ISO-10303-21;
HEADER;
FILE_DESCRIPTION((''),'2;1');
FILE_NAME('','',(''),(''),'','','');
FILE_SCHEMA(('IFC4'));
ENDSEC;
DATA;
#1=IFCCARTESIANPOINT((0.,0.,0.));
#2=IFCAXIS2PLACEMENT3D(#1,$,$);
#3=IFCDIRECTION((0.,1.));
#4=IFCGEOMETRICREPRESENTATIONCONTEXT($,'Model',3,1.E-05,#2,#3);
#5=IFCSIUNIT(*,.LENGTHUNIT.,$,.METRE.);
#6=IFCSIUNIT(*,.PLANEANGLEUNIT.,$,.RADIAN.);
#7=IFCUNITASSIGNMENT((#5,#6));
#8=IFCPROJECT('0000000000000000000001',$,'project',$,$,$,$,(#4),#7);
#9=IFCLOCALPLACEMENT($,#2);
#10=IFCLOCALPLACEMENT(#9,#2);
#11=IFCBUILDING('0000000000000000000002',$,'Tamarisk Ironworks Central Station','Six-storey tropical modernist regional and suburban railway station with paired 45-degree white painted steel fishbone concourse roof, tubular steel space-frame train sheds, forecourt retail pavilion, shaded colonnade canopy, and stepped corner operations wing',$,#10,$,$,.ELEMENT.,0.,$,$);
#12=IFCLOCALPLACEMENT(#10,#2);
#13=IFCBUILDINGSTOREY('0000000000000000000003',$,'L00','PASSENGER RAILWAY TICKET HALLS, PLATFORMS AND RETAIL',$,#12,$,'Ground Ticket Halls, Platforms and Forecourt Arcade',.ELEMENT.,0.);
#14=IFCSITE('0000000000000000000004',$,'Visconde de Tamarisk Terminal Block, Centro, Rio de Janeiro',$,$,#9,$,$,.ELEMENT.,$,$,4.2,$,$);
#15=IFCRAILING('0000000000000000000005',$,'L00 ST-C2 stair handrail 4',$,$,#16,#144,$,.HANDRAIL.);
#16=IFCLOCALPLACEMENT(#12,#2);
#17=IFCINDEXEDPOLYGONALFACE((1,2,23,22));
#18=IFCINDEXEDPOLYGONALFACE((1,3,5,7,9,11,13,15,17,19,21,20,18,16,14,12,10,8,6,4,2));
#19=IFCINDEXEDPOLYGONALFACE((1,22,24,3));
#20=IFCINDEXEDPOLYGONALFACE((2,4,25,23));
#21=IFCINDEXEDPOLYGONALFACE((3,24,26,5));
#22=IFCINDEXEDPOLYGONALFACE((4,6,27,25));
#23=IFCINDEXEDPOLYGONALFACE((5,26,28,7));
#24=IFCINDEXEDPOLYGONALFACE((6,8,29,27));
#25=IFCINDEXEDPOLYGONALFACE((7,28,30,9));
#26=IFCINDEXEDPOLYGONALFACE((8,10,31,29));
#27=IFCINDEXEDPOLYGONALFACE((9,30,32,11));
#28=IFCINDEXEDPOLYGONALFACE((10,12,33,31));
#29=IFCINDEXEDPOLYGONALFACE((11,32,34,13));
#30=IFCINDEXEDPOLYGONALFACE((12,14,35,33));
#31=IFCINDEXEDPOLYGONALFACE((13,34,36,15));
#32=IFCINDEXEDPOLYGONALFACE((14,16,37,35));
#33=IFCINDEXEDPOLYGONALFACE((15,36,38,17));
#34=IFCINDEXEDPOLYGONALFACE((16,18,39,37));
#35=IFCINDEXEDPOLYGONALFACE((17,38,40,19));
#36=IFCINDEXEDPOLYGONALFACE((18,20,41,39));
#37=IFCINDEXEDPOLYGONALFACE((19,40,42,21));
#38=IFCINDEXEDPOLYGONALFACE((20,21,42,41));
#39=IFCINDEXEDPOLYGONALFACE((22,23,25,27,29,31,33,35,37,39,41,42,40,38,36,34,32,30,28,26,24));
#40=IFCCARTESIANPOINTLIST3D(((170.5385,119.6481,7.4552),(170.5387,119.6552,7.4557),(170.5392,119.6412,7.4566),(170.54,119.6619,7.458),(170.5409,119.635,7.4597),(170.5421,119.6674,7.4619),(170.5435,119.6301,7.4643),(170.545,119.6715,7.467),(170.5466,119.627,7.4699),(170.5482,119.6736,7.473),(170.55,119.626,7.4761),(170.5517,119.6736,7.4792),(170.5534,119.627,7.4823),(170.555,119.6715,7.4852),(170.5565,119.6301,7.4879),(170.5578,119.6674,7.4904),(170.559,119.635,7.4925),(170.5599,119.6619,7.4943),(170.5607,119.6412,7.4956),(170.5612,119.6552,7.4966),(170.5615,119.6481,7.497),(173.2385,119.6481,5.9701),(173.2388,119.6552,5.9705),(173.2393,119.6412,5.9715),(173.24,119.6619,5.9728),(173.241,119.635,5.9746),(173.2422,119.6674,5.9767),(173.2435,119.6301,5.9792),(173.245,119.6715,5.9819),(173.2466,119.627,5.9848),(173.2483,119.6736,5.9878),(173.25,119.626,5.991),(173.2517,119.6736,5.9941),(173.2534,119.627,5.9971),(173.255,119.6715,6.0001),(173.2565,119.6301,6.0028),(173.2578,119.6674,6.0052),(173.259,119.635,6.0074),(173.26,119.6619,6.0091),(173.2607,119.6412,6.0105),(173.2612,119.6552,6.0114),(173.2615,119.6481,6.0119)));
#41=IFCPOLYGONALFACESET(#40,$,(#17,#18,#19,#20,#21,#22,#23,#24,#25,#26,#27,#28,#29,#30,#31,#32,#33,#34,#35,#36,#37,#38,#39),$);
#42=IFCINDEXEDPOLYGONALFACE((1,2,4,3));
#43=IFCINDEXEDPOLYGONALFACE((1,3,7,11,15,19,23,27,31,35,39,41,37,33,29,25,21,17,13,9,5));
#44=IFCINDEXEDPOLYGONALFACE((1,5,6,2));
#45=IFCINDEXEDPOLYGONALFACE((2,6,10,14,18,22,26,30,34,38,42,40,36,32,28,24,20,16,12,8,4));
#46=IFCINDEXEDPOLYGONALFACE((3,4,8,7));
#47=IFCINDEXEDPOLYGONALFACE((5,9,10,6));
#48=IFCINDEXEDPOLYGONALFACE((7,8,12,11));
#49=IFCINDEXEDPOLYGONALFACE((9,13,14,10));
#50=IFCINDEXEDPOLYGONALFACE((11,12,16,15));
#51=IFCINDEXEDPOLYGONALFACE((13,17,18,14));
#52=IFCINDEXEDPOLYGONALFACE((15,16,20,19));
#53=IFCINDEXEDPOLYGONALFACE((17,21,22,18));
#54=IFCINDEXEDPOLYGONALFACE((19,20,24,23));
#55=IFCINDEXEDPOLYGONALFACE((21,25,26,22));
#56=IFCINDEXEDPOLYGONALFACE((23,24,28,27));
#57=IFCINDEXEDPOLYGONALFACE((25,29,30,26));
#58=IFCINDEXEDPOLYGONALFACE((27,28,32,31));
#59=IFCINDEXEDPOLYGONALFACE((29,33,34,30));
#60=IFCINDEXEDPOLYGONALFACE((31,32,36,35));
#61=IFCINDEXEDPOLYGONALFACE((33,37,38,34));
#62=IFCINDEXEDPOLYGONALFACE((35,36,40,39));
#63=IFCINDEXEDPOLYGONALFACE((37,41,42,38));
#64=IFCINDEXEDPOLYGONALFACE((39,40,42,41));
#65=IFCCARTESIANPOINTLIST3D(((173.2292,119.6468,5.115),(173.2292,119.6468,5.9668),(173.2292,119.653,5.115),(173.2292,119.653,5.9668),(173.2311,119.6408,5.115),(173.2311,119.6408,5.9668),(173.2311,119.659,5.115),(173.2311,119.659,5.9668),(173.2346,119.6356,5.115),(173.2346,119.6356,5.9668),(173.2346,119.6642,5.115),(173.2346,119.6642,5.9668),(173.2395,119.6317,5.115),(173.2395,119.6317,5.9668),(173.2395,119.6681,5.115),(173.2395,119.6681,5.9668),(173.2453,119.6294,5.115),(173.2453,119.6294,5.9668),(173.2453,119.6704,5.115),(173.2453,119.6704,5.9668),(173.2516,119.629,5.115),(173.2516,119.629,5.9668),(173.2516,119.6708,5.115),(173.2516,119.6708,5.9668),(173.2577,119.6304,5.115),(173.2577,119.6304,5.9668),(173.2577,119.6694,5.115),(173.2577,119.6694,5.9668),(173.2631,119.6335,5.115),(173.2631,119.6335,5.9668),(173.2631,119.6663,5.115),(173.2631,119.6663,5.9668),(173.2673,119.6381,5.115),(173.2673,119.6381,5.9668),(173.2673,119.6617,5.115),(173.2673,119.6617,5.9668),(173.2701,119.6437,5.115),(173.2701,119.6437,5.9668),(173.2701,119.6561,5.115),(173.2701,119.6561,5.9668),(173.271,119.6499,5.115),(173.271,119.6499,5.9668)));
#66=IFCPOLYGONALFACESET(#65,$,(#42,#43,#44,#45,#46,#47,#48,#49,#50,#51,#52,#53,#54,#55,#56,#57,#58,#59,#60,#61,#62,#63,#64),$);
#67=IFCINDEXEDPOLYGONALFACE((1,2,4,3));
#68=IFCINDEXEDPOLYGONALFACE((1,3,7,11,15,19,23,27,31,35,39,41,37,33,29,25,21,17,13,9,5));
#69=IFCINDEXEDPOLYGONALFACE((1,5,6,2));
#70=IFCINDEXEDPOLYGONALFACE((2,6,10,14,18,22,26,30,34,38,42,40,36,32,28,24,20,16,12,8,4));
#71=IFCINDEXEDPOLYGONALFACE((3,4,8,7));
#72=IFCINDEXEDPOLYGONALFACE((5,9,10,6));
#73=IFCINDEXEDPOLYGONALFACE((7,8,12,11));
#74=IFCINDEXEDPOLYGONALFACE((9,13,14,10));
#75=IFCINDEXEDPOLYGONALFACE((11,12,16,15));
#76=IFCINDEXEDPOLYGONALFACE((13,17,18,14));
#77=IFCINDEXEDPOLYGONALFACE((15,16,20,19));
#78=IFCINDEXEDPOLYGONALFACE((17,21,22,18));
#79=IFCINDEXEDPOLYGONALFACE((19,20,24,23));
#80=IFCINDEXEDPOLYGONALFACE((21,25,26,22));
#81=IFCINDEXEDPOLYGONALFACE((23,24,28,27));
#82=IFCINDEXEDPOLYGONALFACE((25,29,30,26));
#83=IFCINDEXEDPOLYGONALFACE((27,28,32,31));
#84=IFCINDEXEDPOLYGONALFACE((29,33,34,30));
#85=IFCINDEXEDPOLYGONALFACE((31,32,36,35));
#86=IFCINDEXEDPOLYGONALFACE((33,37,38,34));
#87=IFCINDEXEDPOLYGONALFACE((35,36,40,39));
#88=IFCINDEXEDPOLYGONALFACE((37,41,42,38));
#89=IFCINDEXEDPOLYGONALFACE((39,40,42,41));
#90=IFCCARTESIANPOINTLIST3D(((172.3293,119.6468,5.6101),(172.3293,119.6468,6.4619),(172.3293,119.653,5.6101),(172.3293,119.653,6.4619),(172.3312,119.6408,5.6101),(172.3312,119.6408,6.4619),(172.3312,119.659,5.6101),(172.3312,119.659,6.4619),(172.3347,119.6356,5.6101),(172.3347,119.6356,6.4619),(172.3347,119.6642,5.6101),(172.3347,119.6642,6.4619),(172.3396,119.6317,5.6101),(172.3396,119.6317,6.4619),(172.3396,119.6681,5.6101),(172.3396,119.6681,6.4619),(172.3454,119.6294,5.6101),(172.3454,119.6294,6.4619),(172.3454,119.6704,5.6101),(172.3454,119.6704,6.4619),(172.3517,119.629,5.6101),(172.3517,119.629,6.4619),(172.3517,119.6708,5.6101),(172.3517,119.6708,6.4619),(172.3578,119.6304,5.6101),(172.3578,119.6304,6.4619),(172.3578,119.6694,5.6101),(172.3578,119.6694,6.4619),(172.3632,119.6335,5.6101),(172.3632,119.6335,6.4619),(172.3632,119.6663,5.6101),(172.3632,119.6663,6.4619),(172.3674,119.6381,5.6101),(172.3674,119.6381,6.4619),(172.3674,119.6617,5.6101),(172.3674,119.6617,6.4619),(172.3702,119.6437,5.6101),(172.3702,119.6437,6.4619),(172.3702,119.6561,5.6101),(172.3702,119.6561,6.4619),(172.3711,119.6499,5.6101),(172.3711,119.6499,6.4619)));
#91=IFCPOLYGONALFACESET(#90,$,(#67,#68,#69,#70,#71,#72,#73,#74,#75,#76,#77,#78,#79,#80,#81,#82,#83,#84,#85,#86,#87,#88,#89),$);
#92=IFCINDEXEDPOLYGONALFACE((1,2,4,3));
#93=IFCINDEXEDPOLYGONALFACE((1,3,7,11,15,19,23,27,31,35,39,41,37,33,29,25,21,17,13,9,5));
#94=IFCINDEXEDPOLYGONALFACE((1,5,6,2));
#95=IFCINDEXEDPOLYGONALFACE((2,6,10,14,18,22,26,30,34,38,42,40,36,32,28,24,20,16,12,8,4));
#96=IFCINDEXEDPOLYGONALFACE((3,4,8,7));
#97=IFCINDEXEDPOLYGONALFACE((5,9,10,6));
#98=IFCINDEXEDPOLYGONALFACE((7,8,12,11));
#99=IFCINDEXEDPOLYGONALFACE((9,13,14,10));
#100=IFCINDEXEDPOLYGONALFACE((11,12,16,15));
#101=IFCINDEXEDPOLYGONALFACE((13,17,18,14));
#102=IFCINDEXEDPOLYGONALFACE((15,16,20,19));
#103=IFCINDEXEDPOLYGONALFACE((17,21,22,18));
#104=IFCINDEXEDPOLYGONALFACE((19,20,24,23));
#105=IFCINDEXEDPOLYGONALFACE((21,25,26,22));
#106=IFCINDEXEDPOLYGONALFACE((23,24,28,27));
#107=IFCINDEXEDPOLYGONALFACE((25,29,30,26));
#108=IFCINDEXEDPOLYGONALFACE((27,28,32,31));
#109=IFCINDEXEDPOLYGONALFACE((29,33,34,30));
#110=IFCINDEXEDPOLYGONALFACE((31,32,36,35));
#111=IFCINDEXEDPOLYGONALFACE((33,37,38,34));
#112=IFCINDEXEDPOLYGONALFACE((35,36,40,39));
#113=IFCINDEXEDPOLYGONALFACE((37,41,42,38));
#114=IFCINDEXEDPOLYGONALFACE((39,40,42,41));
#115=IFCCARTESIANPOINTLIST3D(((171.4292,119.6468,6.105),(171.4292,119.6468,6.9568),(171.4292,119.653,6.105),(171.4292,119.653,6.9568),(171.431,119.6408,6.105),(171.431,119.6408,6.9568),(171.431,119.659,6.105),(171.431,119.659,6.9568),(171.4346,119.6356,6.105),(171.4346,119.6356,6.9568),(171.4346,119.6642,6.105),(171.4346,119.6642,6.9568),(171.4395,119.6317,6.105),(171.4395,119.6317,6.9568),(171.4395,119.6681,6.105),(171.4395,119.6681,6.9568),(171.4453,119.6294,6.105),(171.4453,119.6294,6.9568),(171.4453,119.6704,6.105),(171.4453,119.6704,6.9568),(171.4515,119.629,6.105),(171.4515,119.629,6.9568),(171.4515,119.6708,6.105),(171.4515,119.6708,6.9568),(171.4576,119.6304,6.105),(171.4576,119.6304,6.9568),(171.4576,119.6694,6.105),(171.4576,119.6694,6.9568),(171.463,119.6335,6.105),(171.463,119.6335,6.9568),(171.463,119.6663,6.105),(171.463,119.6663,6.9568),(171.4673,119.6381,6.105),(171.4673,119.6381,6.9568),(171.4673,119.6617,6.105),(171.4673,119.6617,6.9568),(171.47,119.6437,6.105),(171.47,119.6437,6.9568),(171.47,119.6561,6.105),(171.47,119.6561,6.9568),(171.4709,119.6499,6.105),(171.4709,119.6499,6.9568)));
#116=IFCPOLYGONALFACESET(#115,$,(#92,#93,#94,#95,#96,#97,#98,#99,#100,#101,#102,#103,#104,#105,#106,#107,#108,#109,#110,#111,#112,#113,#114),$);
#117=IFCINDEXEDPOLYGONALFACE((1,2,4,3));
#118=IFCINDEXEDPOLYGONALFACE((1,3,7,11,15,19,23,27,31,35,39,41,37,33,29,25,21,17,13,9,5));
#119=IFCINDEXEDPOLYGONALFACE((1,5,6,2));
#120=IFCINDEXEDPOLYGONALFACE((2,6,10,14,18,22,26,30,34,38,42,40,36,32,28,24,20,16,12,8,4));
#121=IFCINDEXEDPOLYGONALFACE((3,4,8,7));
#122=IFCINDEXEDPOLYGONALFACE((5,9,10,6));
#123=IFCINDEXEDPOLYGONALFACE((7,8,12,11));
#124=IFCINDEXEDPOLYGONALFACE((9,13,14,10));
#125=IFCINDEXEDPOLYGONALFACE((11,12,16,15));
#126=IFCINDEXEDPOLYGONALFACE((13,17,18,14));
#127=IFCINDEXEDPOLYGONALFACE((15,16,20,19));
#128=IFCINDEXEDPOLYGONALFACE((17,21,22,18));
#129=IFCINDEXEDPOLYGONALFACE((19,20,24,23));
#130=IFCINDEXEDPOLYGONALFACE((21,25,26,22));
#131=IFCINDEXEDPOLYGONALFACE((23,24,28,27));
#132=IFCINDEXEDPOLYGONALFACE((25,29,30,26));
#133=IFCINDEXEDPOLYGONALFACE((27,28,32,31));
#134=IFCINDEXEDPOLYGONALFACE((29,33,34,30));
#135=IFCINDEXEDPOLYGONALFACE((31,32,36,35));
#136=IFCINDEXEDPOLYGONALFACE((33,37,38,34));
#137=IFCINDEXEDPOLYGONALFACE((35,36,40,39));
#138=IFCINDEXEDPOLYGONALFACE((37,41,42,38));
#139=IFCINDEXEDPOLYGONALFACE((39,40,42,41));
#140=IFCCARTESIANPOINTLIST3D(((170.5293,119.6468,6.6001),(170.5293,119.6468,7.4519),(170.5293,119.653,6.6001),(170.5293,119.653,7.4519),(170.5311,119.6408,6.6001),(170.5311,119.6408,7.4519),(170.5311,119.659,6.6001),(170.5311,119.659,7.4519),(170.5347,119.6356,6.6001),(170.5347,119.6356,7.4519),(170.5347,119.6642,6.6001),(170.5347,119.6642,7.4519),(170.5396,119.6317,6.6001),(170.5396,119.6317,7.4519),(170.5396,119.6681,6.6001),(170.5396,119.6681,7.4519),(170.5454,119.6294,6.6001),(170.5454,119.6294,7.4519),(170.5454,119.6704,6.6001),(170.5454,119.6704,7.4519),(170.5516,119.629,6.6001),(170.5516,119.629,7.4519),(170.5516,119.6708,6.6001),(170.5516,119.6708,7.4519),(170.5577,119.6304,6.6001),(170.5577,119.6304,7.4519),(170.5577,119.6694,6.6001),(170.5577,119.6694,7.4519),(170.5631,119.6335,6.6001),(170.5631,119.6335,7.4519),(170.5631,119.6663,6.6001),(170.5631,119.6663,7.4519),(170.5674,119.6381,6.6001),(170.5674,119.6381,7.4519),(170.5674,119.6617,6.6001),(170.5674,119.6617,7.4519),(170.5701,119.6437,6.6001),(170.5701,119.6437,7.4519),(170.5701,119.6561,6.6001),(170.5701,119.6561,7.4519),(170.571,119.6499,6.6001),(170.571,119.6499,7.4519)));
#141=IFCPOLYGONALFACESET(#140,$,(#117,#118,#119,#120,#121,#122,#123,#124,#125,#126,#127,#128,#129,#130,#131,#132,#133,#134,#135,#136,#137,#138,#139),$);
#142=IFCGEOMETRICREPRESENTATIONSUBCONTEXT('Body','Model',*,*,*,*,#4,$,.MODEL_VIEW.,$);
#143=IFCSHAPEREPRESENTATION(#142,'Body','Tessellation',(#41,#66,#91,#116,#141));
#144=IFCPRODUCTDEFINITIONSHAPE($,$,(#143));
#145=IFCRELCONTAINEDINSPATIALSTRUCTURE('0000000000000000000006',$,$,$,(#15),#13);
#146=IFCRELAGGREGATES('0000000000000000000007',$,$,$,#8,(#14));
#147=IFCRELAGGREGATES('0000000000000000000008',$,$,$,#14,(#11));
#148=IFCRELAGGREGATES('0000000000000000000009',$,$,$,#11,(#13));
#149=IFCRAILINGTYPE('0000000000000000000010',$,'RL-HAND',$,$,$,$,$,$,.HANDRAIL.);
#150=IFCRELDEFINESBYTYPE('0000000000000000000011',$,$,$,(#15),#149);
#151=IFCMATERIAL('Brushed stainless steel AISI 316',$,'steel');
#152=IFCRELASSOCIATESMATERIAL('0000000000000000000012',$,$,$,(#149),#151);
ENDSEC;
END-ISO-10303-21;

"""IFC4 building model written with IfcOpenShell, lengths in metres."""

from ifc_helpers import new_model, si_unit, direction, frame, origin, origin_2d, place, context, subcontext, project, spatial, circle, extrude, material, type_object, element, save


model = new_model("IFC4")

# Units and contexts
model_context = context("Model", 3, precision=1e-05, world=origin(), true_north=direction((0.0, 1.0)))
body_context = subcontext(model_context, "Body", "Model", "MODEL_VIEW")
ifc_project = project(units=[si_unit("LENGTHUNIT", "METRE"), si_unit("PLANEANGLEUNIT", "RADIAN")], contexts=[model_context])

# Site, building, storey
site_placement = place(None, origin())
site = spatial("IfcSite", under=ifc_project, at=site_placement, Name="Visconde de Tamarisk Terminal Block, Centro, Rio de Janeiro", CompositionType="ELEMENT", RefElevation=4.2)
building_placement = place(site_placement, origin())
building = spatial("IfcBuilding", under=site, at=building_placement, Name="Tamarisk Ironworks Central Station", Description="Six-storey tropical modernist regional and suburban railway station with paired 45-degree white painted steel fishbone concourse roof, tubular steel space-frame train sheds, forecourt retail pavilion, shaded colonnade canopy, and stepped corner operations wing", CompositionType="ELEMENT", ElevationOfRefHeight=0.0)
storey_placement = place(building_placement, origin())
storey = spatial("IfcBuildingStorey", under=building, at=storey_placement, Name="L00", Description="PASSENGER RAILWAY TICKET HALLS, PLATFORMS AND RETAIL", LongName="Ground Ticket Halls, Platforms and Forecourt Arcade", CompositionType="ELEMENT", Elevation=0.0)

# Railing
ifc_material_1 = material(Name="Brushed stainless steel AISI 316", Category="steel")
railing_type_1 = type_object("IfcRailingType", Name="RL-HAND", PredefinedType="HANDRAIL", material=ifc_material_1)
for number, where, name in (
    (1, (173.25, 119.6499, 5.115), "L00 ST-C2 stair handrail 4"),
):
    element("IfcRailing", number, at=place(storey_placement, frame(where)), inside=storey, type_object=railing_type_1, Name=name, PredefinedType="HANDRAIL", context=body_context, shape_type="SweptSolid", body=[
        extrude(circle(Radius=0.0239, at=origin_2d()), frame((0.0, 0.0, 0.876), z_axis=(-0.876198, 0.0, 0.481952), x_axis=(0.0, -1.0, 0.0)), (0.0, 0.0, 1.0), 3.0815),
        extrude(circle(Radius=0.021, at=origin_2d()), origin(), (0.0, 0.0, 1.0), 0.8518),
        extrude(circle(Radius=0.021, at=origin_2d()), frame((-0.8999, 0.0, 0.4951)), (0.0, 0.0, 1.0), 0.8518),
        extrude(circle(Radius=0.021, at=origin_2d()), frame((-1.8, 0.0, 0.99)), (0.0, 0.0, 1.0), 0.8518),
        extrude(circle(Radius=0.021, at=origin_2d()), frame((-2.7, 0.0, 1.4851)), (0.0, 0.0, 1.0), 0.8518),
    ])

save(model, "model.ifc")
